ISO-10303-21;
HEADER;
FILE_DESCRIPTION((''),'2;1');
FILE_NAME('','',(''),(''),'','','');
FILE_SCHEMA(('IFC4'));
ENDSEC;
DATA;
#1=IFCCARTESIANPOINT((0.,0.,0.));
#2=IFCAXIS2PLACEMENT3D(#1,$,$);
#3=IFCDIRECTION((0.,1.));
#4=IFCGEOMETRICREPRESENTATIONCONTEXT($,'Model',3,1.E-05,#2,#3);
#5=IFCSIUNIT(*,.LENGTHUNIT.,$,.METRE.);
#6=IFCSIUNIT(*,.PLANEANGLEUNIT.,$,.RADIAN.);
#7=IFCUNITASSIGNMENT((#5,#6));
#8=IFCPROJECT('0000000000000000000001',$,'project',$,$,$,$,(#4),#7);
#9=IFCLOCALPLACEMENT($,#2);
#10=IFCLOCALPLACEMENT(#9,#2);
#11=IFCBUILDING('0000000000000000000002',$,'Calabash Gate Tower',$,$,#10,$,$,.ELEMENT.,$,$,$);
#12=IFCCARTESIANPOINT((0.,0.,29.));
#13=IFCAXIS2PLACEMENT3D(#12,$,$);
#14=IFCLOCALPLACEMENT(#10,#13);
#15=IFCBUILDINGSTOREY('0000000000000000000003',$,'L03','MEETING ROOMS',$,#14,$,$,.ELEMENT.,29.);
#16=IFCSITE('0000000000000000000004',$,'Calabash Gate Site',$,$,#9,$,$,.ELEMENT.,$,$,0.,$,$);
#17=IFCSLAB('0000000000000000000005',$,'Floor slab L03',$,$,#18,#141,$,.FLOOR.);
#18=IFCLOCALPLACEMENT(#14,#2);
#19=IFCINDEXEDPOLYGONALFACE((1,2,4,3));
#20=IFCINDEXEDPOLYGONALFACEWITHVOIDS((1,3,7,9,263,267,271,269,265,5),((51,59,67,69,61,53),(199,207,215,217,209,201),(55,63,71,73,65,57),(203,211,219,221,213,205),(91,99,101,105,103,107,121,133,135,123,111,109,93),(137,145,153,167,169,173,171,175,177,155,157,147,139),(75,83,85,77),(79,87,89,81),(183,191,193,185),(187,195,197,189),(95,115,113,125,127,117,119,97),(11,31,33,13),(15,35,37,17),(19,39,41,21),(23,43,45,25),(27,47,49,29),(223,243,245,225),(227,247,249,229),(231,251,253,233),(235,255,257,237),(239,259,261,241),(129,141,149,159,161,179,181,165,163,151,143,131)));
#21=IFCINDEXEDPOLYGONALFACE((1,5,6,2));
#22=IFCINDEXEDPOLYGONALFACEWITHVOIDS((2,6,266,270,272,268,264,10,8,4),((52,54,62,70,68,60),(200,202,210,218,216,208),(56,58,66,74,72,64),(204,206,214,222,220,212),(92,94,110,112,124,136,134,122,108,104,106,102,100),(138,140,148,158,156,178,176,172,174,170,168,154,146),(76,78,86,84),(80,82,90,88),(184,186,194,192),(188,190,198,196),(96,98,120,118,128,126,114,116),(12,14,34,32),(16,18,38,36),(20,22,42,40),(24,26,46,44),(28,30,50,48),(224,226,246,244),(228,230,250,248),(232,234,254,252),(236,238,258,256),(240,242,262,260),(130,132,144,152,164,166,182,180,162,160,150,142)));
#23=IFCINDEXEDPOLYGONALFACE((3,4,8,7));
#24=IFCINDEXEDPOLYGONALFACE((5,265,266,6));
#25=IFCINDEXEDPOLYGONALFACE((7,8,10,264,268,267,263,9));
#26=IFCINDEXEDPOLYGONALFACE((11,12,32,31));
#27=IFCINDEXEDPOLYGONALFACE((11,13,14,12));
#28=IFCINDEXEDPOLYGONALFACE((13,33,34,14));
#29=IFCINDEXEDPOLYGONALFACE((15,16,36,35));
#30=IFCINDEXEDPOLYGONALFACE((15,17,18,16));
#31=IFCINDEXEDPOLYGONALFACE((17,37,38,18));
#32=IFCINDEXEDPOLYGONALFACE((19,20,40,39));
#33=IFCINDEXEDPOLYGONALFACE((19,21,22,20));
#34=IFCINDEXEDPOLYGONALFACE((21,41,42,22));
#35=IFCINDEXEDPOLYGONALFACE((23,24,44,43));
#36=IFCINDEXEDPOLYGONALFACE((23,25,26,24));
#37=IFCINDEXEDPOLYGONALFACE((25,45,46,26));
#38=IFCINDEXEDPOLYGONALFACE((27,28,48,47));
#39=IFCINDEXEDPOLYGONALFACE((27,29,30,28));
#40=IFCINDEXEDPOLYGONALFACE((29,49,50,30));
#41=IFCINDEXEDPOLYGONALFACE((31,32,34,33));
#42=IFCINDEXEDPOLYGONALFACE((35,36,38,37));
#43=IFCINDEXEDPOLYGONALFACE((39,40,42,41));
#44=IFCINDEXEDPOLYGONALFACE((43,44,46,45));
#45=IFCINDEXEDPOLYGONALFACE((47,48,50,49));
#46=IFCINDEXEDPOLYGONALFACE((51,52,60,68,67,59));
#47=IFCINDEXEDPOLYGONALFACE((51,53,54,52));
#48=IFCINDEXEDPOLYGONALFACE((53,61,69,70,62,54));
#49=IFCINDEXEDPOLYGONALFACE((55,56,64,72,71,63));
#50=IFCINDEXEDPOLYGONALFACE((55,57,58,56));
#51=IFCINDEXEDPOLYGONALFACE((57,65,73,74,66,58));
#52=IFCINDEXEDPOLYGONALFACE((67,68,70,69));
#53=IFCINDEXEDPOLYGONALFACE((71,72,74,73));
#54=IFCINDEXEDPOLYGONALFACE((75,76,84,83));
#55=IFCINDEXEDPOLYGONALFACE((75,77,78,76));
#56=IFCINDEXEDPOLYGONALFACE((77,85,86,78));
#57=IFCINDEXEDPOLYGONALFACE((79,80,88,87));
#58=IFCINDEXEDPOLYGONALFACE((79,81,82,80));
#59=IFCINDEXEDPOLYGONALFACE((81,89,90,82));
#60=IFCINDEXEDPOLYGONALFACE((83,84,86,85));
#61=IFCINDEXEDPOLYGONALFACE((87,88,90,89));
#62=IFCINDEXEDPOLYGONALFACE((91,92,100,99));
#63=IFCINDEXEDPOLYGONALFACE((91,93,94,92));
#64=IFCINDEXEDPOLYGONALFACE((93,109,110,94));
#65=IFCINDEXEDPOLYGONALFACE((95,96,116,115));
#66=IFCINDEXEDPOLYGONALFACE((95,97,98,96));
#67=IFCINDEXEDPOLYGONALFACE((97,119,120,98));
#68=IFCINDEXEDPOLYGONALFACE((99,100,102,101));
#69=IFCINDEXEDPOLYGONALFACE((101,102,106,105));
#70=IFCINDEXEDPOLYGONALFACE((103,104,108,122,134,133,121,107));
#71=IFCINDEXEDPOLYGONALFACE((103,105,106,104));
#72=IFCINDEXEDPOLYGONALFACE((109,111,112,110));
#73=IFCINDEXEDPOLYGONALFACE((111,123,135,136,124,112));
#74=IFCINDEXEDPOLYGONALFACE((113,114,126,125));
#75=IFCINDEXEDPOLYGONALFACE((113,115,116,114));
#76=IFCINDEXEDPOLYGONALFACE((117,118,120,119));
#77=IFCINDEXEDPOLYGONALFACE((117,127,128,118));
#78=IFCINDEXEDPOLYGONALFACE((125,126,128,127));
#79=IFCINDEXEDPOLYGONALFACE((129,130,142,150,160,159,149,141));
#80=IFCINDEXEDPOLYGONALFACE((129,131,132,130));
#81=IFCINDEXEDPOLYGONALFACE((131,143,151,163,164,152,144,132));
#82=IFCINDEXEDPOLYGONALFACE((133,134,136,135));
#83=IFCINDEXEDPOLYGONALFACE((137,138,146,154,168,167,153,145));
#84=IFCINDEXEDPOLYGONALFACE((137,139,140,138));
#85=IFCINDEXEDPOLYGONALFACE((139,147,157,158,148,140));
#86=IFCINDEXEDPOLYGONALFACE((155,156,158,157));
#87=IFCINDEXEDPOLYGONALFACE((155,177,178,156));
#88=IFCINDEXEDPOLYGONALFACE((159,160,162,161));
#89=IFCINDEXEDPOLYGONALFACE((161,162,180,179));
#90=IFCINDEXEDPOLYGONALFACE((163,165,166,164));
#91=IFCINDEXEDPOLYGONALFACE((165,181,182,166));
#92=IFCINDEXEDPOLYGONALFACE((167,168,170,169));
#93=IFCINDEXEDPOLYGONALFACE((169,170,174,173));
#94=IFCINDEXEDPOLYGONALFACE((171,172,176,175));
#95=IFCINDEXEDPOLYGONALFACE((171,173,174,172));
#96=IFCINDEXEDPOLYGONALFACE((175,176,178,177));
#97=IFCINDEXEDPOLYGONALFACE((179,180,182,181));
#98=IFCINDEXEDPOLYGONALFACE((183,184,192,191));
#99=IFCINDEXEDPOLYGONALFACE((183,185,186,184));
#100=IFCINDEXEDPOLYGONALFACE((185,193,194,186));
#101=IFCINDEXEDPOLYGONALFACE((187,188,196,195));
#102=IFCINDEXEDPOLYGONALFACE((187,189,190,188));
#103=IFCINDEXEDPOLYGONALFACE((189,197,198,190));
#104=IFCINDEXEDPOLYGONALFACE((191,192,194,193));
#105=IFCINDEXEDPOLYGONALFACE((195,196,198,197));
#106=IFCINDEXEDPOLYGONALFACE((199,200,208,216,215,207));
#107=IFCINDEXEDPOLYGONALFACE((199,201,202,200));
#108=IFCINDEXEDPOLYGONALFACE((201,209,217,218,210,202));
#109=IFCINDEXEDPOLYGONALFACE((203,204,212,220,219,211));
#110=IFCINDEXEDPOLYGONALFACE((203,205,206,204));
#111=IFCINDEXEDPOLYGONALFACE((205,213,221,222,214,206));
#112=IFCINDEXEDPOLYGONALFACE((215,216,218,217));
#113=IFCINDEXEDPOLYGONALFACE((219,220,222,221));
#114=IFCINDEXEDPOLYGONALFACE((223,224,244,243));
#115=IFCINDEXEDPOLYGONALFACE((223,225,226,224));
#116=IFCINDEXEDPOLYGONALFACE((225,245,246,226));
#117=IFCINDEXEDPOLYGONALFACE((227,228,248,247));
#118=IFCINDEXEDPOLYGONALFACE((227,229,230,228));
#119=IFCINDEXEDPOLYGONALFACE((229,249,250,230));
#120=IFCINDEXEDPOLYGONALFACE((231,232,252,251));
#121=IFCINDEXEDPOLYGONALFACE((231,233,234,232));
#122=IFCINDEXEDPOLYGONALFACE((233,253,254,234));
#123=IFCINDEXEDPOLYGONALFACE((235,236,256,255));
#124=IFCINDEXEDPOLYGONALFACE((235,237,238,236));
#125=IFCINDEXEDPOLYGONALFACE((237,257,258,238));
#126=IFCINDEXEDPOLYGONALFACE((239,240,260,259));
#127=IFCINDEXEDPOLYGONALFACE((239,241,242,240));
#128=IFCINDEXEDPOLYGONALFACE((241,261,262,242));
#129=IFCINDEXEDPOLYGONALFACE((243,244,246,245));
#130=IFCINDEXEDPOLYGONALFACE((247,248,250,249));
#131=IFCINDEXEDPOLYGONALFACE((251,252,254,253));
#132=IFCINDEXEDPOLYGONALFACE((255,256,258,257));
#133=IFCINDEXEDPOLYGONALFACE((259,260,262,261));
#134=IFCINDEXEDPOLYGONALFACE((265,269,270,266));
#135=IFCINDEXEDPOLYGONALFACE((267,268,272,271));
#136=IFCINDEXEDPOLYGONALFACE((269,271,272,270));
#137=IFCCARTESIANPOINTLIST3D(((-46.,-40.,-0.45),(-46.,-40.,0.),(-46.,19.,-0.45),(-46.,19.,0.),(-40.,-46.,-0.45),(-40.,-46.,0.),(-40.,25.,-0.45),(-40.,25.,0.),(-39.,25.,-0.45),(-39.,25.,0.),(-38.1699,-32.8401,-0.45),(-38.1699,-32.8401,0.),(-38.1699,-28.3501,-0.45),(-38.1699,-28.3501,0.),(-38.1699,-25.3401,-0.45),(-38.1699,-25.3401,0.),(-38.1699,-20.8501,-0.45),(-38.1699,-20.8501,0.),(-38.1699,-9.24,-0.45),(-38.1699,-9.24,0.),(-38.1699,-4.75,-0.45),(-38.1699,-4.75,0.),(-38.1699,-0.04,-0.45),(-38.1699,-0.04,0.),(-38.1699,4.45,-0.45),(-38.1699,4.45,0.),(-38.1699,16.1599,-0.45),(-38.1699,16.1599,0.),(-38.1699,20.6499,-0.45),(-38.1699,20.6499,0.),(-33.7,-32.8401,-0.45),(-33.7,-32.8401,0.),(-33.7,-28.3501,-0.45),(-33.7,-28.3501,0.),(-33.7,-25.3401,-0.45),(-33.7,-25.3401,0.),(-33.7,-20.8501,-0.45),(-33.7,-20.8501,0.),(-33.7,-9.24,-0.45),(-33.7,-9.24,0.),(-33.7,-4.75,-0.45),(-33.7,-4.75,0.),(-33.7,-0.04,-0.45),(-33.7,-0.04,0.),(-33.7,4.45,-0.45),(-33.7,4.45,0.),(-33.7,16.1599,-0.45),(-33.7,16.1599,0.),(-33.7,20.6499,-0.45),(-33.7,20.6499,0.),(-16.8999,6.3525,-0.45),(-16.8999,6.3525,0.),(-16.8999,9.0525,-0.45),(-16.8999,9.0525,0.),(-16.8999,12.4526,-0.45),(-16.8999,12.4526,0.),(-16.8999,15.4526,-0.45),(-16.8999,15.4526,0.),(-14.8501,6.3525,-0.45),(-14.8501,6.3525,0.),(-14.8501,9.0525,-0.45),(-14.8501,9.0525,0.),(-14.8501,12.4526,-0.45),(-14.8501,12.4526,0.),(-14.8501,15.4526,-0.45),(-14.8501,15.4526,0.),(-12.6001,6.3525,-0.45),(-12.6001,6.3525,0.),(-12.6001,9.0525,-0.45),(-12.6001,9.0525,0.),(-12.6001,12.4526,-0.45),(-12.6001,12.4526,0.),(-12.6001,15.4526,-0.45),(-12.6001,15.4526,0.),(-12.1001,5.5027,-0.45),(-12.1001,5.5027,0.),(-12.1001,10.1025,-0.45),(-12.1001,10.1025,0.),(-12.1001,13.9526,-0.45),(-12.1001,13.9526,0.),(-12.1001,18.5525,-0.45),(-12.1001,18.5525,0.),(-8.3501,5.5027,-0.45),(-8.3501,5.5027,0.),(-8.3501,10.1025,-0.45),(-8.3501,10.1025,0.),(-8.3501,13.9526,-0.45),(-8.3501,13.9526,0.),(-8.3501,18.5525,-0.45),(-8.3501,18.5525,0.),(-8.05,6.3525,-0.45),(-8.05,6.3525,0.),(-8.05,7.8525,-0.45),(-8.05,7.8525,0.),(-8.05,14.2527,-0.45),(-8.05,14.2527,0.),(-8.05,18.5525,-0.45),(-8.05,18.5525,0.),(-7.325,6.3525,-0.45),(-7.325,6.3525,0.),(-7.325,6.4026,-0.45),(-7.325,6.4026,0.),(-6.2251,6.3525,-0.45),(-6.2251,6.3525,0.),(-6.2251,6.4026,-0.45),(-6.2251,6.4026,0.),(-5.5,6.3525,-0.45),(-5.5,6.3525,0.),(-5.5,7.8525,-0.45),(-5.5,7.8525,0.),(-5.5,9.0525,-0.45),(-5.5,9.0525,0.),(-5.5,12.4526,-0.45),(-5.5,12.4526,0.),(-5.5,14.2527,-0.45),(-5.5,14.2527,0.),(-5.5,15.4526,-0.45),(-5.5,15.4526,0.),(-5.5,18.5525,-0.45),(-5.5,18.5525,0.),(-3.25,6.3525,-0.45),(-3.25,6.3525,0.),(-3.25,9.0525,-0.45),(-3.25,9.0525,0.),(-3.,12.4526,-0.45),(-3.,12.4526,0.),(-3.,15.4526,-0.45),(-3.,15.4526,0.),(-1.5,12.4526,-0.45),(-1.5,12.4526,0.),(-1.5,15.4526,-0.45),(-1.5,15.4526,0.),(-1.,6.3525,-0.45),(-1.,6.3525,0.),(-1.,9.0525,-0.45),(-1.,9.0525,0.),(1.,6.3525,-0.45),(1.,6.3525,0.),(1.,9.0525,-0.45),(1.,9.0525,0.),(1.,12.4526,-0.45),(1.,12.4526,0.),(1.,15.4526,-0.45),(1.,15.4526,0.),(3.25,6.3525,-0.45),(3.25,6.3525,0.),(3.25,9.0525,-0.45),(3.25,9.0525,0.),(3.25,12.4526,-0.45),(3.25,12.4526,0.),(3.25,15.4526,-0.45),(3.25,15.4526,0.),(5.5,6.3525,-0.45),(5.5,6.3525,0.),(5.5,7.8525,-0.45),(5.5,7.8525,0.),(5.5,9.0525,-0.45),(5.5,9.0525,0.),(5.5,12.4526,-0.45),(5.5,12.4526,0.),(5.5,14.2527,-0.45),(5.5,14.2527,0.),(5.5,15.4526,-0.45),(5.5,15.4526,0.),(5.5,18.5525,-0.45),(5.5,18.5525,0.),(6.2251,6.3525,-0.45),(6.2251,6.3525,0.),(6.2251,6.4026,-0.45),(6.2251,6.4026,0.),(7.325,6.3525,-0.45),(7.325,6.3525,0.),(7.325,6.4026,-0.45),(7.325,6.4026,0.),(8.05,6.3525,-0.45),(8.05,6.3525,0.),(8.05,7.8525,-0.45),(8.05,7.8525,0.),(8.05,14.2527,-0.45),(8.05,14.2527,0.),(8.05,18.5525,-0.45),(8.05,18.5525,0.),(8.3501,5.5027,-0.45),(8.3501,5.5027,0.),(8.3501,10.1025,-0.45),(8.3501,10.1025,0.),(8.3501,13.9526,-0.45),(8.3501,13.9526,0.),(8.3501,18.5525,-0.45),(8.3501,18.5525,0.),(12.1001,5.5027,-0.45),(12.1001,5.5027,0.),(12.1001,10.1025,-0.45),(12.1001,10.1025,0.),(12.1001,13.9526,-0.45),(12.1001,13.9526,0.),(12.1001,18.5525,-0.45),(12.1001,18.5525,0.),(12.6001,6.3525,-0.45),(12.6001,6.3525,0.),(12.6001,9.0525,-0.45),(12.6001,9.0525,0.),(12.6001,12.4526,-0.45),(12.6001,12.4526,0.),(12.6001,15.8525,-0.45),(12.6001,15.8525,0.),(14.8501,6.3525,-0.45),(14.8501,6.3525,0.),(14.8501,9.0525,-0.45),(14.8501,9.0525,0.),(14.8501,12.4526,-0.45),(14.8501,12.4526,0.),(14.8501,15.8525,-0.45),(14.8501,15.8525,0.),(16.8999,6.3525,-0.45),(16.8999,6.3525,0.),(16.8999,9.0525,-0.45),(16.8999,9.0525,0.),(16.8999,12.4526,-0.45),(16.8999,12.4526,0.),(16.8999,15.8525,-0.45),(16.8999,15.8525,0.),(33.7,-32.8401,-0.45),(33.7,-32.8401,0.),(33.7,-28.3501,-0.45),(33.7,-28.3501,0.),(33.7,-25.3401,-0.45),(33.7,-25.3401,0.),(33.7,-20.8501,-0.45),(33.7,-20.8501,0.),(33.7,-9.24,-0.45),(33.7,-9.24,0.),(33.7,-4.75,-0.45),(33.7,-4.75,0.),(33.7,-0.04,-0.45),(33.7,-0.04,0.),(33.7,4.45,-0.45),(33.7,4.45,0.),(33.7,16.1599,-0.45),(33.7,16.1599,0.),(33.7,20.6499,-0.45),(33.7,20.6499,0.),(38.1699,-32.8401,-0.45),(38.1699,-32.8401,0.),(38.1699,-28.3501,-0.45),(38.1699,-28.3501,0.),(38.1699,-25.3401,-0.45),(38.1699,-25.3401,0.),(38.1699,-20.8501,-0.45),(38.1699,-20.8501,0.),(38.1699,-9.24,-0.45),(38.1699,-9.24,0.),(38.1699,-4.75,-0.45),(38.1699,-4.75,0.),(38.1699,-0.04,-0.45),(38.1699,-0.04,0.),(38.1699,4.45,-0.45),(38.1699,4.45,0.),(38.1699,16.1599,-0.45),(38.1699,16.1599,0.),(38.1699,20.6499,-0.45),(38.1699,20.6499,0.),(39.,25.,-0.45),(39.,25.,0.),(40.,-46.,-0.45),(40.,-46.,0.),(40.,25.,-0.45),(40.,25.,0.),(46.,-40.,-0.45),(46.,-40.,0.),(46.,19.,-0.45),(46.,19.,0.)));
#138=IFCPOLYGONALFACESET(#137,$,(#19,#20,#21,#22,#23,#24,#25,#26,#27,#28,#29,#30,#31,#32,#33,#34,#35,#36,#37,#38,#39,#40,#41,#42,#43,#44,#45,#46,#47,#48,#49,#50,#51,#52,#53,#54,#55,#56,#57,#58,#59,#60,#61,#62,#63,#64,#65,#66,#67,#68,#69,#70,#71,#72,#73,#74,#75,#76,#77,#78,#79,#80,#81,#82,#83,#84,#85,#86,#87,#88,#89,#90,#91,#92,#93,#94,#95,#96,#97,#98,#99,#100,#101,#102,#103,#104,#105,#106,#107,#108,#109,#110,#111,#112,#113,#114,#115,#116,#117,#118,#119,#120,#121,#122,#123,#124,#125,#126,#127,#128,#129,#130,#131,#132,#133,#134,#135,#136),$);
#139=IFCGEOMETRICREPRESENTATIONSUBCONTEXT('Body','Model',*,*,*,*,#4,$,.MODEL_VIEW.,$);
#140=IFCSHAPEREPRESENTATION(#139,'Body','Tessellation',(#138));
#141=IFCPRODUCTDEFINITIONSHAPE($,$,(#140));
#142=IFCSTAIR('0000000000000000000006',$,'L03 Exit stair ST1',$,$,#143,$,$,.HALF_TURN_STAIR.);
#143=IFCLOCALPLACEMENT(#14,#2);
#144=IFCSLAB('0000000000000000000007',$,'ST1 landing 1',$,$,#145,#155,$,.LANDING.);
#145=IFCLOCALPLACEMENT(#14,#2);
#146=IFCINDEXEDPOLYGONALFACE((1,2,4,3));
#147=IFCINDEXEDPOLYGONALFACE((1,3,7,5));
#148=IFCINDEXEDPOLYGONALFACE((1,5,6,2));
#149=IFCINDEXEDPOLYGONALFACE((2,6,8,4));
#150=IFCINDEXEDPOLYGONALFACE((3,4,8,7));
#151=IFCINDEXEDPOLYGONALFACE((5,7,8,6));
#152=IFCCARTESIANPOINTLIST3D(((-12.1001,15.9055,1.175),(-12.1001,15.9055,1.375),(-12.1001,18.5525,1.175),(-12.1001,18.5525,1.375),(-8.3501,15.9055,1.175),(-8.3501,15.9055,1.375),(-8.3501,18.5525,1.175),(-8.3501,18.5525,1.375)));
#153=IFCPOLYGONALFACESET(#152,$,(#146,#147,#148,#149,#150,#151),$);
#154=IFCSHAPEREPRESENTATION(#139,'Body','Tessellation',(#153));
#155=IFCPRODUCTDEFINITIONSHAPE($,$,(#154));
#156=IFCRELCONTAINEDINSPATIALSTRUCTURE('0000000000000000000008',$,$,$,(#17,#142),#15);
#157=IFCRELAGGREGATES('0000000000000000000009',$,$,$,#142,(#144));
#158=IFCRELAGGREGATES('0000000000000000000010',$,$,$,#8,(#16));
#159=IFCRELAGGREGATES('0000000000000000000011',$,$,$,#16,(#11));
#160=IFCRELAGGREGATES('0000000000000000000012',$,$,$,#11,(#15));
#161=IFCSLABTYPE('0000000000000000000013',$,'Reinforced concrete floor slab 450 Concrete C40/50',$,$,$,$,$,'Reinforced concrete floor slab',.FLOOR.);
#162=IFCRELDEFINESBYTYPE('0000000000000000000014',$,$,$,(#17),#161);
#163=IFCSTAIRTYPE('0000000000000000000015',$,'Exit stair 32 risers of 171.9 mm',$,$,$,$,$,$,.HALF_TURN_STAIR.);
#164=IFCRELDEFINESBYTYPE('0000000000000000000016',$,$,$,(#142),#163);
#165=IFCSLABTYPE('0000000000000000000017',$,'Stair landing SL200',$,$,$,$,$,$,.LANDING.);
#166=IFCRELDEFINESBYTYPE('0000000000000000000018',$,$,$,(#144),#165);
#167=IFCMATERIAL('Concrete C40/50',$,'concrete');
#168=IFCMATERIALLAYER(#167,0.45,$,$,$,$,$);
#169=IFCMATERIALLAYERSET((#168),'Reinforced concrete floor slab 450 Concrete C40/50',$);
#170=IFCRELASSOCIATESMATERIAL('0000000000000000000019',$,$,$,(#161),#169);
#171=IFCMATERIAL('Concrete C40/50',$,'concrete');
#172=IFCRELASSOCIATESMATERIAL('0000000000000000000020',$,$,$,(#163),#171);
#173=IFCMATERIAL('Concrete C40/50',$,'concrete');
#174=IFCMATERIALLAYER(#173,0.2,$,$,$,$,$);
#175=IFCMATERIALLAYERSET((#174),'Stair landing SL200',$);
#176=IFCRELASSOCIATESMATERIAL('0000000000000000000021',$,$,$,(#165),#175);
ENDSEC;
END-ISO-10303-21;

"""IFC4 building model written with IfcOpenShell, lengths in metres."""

from ifc_helpers import new_model, si_unit, direction, frame, origin, place, context, subcontext, project, spatial, polyline, outline, extrude, material, layer, layer_set, type_object, element, aggregate, save


model = new_model("IFC4")

# Units and contexts
model_context = context("Model", 3, precision=1e-05, world=origin(), true_north=direction((0.0, 1.0)))
body_context = subcontext(model_context, "Body", "Model", "MODEL_VIEW")
ifc_project = project(units=[si_unit("LENGTHUNIT", "METRE"), si_unit("PLANEANGLEUNIT", "RADIAN")], contexts=[model_context])

# Site, building, storey
site_placement = place(None, origin())
site = spatial("IfcSite", under=ifc_project, at=site_placement, Name="Calabash Gate Site", CompositionType="ELEMENT", RefElevation=0.0)
building_placement = place(site_placement, origin())
building = spatial("IfcBuilding", under=site, at=building_placement, Name="Calabash Gate Tower", CompositionType="ELEMENT")
storey_placement = place(building_placement, frame((0.0, 0.0, 29.0)))
storey = spatial("IfcBuildingStorey", under=building, at=storey_placement, Name="L03", Description="MEETING ROOMS", CompositionType="ELEMENT", Elevation=29.0)

# Slab
ifc_material_1 = material(Name="Concrete C40/50", Category="concrete")
ifc_layer_1 = layer(ifc_material_1, 0.45)
ifc_layer_set_1 = layer_set([ifc_layer_1], Name="Reinforced concrete floor slab 450 Concrete C40/50")
slab_type_1 = type_object("IfcSlabType", Name="Reinforced concrete floor slab 450 Concrete C40/50", ElementType="Reinforced concrete floor slab", PredefinedType="FLOOR", material=ifc_layer_set_1)
slab_1_placement = place(storey_placement, frame((0.0, 0.0, -0.45)))
element("IfcSlab", 1, at=slab_1_placement, inside=storey, type_object=slab_type_1, Name="Floor slab L03", PredefinedType="FLOOR", context=body_context, shape_type="SweptSolid", body=[
    extrude(outline(polyline([(40.0, -46.0), (-40.0, -46.0), (-46.0, -40.0), (-46.0, 19.0), (-40.0, 25.0), (-39.0, 25.0), (39.0, 25.0), (40.0, 25.0), (46.0, 19.0), (46.0, -40.0), (40.0, -46.0)]), holes=[polyline([(-1.0, 6.3525), (-1.0, 9.0525), (-3.25, 9.0525), (-5.5, 9.0525), (-5.5, 7.8525), (-8.05, 7.8525), (-8.05, 6.3525), (-7.325, 6.3525), (-7.325, 6.4026), (-6.2251, 6.4026), (-6.2251, 6.3525), (-5.5, 6.3525), (-3.25, 6.3525), (-1.0, 6.3525)]), polyline([(8.05, 6.3525), (8.05, 7.8525), (5.5, 7.8525), (5.5, 9.0525), (3.25, 9.0525), (1.0, 9.0525), (1.0, 6.3525), (3.25, 6.3525), (5.5, 6.3525), (6.2251, 6.3525), (6.2251, 6.4026), (7.325, 6.4026), (7.325, 6.3525), (8.05, 6.3525)]), polyline([(-3.0, 12.4526), (-3.0, 15.4526), (-5.5, 15.4526), (-5.5, 18.5525), (-8.05, 18.5525), (-8.05, 14.2527), (-5.5, 14.2527), (-5.5, 12.4526), (-3.0, 12.4526)]), polyline([(5.5, 14.2527), (8.05, 14.2527), (8.05, 18.5525), (5.5, 18.5525), (5.5, 15.4526), (3.25, 15.4526), (1.0, 15.4526), (-1.5, 15.4526), (-1.5, 12.4526), (1.0, 12.4526), (3.25, 12.4526), (5.5, 12.4526), (5.5, 14.2527)]), polyline([(-16.8999, 6.3525), (-14.8501, 6.3525), (-12.6001, 6.3525), (-12.6001, 9.0525), (-14.8501, 9.0525), (-16.8999, 9.0525), (-16.8999, 6.3525)]), polyline([(-16.8999, 15.4526), (-16.8999, 12.4526), (-14.8501, 12.4526), (-12.6001, 12.4526), (-12.6001, 15.4526), (-14.8501, 15.4526), (-16.8999, 15.4526)]), polyline([(12.6001, 9.0525), (12.6001, 6.3525), (14.8501, 6.3525), (16.8999, 6.3525), (16.8999, 9.0525), (14.8501, 9.0525), (12.6001, 9.0525)]), polyline([(12.6001, 15.8525), (12.6001, 12.4526), (14.8501, 12.4526), (16.8999, 12.4526), (16.8999, 15.8525), (14.8501, 15.8525), (12.6001, 15.8525)]), polyline([(-12.1001, 13.9526), (-8.3501, 13.9526), (-8.3501, 18.5525), (-12.1001, 18.5525), (-12.1001, 13.9526)]), polyline([(-8.3501, 5.5027), (-8.3501, 10.1025), (-12.1001, 10.1025), (-12.1001, 5.5027), (-8.3501, 5.5027)]), polyline([(12.1001, 18.5525), (8.3501, 18.5525), (8.3501, 13.9526), (12.1001, 13.9526), (12.1001, 18.5525)]), polyline([(8.3501, 10.1025), (8.3501, 5.5027), (12.1001, 5.5027), (12.1001, 10.1025), (8.3501, 10.1025)]), polyline([(-33.7, -28.3501), (-38.1699, -28.3501), (-38.1699, -32.8401), (-33.7, -32.8401), (-33.7, -28.3501)]), polyline([(-33.7, -25.3401), (-33.7, -20.8501), (-38.1699, -20.8501), (-38.1699, -25.3401), (-33.7, -25.3401)]), polyline([(-38.1699, -9.24), (-33.7, -9.24), (-33.7, -4.75), (-38.1699, -4.75), (-38.1699, -9.24)]), polyline([(-38.1699, 4.45), (-38.1699, -0.04), (-33.7, -0.04), (-33.7, 4.45), (-38.1699, 4.45)]), polyline([(-33.7, 20.6499), (-38.1699, 20.6499), (-38.1699, 16.1599), (-33.7, 16.1599), (-33.7, 20.6499)]), polyline([(38.1699, -32.8401), (38.1699, -28.3501), (33.7, -28.3501), (33.7, -32.8401), (38.1699, -32.8401)]), polyline([(33.7, -25.3401), (38.1699, -25.3401), (38.1699, -20.8501), (33.7, -20.8501), (33.7, -25.3401)]), polyline([(33.7, -4.75), (33.7, -9.24), (38.1699, -9.24), (38.1699, -4.75), (33.7, -4.75)]), polyline([(38.1699, 4.45), (33.7, 4.45), (33.7, -0.04), (38.1699, -0.04), (38.1699, 4.45)]), polyline([(38.1699, 16.1599), (38.1699, 20.6499), (33.7, 20.6499), (33.7, 16.1599), (38.1699, 16.1599)])]), origin(), (0.0, 0.0, 1.0), 0.45),
])

# Stair, slab
ifc_material_2 = material(Name="Concrete C40/50", Category="concrete")
stair_type = type_object("IfcStairType", Name="Exit stair 32 risers of 171.9 mm", PredefinedType="HALF_TURN_STAIR", material=ifc_material_2)
stair_1_placement = place(storey_placement, origin())
stair_1 = element("IfcStair", 2, at=stair_1_placement, inside=storey, type_object=stair_type, Name="L03 Exit stair ST1", PredefinedType="HALF_TURN_STAIR")
ifc_material_3 = material(Name="Concrete C40/50", Category="concrete")
ifc_layer_2 = layer(ifc_material_3, 0.2)
ifc_layer_set_2 = layer_set([ifc_layer_2], Name="Stair landing SL200")
slab_type_2 = type_object("IfcSlabType", Name="Stair landing SL200", PredefinedType="LANDING", material=ifc_layer_set_2)
slab_2_placement = place(storey_placement, frame((0.0, 0.0, 1.175)))
slab_2 = element("IfcSlab", 3, at=slab_2_placement, type_object=slab_type_2, Name="ST1 landing 1", PredefinedType="LANDING", context=body_context, shape_type="SweptSolid", body=[
    extrude(outline(polyline([(-8.3501, 15.9055), (-8.3501, 18.5525), (-12.1001, 18.5525), (-12.1001, 15.9055), (-8.3501, 15.9055)])), origin(), (0.0, 0.0, 1.0), 0.2),
])
aggregate(stair_1, [slab_2])

save(model, "model.ifc")
